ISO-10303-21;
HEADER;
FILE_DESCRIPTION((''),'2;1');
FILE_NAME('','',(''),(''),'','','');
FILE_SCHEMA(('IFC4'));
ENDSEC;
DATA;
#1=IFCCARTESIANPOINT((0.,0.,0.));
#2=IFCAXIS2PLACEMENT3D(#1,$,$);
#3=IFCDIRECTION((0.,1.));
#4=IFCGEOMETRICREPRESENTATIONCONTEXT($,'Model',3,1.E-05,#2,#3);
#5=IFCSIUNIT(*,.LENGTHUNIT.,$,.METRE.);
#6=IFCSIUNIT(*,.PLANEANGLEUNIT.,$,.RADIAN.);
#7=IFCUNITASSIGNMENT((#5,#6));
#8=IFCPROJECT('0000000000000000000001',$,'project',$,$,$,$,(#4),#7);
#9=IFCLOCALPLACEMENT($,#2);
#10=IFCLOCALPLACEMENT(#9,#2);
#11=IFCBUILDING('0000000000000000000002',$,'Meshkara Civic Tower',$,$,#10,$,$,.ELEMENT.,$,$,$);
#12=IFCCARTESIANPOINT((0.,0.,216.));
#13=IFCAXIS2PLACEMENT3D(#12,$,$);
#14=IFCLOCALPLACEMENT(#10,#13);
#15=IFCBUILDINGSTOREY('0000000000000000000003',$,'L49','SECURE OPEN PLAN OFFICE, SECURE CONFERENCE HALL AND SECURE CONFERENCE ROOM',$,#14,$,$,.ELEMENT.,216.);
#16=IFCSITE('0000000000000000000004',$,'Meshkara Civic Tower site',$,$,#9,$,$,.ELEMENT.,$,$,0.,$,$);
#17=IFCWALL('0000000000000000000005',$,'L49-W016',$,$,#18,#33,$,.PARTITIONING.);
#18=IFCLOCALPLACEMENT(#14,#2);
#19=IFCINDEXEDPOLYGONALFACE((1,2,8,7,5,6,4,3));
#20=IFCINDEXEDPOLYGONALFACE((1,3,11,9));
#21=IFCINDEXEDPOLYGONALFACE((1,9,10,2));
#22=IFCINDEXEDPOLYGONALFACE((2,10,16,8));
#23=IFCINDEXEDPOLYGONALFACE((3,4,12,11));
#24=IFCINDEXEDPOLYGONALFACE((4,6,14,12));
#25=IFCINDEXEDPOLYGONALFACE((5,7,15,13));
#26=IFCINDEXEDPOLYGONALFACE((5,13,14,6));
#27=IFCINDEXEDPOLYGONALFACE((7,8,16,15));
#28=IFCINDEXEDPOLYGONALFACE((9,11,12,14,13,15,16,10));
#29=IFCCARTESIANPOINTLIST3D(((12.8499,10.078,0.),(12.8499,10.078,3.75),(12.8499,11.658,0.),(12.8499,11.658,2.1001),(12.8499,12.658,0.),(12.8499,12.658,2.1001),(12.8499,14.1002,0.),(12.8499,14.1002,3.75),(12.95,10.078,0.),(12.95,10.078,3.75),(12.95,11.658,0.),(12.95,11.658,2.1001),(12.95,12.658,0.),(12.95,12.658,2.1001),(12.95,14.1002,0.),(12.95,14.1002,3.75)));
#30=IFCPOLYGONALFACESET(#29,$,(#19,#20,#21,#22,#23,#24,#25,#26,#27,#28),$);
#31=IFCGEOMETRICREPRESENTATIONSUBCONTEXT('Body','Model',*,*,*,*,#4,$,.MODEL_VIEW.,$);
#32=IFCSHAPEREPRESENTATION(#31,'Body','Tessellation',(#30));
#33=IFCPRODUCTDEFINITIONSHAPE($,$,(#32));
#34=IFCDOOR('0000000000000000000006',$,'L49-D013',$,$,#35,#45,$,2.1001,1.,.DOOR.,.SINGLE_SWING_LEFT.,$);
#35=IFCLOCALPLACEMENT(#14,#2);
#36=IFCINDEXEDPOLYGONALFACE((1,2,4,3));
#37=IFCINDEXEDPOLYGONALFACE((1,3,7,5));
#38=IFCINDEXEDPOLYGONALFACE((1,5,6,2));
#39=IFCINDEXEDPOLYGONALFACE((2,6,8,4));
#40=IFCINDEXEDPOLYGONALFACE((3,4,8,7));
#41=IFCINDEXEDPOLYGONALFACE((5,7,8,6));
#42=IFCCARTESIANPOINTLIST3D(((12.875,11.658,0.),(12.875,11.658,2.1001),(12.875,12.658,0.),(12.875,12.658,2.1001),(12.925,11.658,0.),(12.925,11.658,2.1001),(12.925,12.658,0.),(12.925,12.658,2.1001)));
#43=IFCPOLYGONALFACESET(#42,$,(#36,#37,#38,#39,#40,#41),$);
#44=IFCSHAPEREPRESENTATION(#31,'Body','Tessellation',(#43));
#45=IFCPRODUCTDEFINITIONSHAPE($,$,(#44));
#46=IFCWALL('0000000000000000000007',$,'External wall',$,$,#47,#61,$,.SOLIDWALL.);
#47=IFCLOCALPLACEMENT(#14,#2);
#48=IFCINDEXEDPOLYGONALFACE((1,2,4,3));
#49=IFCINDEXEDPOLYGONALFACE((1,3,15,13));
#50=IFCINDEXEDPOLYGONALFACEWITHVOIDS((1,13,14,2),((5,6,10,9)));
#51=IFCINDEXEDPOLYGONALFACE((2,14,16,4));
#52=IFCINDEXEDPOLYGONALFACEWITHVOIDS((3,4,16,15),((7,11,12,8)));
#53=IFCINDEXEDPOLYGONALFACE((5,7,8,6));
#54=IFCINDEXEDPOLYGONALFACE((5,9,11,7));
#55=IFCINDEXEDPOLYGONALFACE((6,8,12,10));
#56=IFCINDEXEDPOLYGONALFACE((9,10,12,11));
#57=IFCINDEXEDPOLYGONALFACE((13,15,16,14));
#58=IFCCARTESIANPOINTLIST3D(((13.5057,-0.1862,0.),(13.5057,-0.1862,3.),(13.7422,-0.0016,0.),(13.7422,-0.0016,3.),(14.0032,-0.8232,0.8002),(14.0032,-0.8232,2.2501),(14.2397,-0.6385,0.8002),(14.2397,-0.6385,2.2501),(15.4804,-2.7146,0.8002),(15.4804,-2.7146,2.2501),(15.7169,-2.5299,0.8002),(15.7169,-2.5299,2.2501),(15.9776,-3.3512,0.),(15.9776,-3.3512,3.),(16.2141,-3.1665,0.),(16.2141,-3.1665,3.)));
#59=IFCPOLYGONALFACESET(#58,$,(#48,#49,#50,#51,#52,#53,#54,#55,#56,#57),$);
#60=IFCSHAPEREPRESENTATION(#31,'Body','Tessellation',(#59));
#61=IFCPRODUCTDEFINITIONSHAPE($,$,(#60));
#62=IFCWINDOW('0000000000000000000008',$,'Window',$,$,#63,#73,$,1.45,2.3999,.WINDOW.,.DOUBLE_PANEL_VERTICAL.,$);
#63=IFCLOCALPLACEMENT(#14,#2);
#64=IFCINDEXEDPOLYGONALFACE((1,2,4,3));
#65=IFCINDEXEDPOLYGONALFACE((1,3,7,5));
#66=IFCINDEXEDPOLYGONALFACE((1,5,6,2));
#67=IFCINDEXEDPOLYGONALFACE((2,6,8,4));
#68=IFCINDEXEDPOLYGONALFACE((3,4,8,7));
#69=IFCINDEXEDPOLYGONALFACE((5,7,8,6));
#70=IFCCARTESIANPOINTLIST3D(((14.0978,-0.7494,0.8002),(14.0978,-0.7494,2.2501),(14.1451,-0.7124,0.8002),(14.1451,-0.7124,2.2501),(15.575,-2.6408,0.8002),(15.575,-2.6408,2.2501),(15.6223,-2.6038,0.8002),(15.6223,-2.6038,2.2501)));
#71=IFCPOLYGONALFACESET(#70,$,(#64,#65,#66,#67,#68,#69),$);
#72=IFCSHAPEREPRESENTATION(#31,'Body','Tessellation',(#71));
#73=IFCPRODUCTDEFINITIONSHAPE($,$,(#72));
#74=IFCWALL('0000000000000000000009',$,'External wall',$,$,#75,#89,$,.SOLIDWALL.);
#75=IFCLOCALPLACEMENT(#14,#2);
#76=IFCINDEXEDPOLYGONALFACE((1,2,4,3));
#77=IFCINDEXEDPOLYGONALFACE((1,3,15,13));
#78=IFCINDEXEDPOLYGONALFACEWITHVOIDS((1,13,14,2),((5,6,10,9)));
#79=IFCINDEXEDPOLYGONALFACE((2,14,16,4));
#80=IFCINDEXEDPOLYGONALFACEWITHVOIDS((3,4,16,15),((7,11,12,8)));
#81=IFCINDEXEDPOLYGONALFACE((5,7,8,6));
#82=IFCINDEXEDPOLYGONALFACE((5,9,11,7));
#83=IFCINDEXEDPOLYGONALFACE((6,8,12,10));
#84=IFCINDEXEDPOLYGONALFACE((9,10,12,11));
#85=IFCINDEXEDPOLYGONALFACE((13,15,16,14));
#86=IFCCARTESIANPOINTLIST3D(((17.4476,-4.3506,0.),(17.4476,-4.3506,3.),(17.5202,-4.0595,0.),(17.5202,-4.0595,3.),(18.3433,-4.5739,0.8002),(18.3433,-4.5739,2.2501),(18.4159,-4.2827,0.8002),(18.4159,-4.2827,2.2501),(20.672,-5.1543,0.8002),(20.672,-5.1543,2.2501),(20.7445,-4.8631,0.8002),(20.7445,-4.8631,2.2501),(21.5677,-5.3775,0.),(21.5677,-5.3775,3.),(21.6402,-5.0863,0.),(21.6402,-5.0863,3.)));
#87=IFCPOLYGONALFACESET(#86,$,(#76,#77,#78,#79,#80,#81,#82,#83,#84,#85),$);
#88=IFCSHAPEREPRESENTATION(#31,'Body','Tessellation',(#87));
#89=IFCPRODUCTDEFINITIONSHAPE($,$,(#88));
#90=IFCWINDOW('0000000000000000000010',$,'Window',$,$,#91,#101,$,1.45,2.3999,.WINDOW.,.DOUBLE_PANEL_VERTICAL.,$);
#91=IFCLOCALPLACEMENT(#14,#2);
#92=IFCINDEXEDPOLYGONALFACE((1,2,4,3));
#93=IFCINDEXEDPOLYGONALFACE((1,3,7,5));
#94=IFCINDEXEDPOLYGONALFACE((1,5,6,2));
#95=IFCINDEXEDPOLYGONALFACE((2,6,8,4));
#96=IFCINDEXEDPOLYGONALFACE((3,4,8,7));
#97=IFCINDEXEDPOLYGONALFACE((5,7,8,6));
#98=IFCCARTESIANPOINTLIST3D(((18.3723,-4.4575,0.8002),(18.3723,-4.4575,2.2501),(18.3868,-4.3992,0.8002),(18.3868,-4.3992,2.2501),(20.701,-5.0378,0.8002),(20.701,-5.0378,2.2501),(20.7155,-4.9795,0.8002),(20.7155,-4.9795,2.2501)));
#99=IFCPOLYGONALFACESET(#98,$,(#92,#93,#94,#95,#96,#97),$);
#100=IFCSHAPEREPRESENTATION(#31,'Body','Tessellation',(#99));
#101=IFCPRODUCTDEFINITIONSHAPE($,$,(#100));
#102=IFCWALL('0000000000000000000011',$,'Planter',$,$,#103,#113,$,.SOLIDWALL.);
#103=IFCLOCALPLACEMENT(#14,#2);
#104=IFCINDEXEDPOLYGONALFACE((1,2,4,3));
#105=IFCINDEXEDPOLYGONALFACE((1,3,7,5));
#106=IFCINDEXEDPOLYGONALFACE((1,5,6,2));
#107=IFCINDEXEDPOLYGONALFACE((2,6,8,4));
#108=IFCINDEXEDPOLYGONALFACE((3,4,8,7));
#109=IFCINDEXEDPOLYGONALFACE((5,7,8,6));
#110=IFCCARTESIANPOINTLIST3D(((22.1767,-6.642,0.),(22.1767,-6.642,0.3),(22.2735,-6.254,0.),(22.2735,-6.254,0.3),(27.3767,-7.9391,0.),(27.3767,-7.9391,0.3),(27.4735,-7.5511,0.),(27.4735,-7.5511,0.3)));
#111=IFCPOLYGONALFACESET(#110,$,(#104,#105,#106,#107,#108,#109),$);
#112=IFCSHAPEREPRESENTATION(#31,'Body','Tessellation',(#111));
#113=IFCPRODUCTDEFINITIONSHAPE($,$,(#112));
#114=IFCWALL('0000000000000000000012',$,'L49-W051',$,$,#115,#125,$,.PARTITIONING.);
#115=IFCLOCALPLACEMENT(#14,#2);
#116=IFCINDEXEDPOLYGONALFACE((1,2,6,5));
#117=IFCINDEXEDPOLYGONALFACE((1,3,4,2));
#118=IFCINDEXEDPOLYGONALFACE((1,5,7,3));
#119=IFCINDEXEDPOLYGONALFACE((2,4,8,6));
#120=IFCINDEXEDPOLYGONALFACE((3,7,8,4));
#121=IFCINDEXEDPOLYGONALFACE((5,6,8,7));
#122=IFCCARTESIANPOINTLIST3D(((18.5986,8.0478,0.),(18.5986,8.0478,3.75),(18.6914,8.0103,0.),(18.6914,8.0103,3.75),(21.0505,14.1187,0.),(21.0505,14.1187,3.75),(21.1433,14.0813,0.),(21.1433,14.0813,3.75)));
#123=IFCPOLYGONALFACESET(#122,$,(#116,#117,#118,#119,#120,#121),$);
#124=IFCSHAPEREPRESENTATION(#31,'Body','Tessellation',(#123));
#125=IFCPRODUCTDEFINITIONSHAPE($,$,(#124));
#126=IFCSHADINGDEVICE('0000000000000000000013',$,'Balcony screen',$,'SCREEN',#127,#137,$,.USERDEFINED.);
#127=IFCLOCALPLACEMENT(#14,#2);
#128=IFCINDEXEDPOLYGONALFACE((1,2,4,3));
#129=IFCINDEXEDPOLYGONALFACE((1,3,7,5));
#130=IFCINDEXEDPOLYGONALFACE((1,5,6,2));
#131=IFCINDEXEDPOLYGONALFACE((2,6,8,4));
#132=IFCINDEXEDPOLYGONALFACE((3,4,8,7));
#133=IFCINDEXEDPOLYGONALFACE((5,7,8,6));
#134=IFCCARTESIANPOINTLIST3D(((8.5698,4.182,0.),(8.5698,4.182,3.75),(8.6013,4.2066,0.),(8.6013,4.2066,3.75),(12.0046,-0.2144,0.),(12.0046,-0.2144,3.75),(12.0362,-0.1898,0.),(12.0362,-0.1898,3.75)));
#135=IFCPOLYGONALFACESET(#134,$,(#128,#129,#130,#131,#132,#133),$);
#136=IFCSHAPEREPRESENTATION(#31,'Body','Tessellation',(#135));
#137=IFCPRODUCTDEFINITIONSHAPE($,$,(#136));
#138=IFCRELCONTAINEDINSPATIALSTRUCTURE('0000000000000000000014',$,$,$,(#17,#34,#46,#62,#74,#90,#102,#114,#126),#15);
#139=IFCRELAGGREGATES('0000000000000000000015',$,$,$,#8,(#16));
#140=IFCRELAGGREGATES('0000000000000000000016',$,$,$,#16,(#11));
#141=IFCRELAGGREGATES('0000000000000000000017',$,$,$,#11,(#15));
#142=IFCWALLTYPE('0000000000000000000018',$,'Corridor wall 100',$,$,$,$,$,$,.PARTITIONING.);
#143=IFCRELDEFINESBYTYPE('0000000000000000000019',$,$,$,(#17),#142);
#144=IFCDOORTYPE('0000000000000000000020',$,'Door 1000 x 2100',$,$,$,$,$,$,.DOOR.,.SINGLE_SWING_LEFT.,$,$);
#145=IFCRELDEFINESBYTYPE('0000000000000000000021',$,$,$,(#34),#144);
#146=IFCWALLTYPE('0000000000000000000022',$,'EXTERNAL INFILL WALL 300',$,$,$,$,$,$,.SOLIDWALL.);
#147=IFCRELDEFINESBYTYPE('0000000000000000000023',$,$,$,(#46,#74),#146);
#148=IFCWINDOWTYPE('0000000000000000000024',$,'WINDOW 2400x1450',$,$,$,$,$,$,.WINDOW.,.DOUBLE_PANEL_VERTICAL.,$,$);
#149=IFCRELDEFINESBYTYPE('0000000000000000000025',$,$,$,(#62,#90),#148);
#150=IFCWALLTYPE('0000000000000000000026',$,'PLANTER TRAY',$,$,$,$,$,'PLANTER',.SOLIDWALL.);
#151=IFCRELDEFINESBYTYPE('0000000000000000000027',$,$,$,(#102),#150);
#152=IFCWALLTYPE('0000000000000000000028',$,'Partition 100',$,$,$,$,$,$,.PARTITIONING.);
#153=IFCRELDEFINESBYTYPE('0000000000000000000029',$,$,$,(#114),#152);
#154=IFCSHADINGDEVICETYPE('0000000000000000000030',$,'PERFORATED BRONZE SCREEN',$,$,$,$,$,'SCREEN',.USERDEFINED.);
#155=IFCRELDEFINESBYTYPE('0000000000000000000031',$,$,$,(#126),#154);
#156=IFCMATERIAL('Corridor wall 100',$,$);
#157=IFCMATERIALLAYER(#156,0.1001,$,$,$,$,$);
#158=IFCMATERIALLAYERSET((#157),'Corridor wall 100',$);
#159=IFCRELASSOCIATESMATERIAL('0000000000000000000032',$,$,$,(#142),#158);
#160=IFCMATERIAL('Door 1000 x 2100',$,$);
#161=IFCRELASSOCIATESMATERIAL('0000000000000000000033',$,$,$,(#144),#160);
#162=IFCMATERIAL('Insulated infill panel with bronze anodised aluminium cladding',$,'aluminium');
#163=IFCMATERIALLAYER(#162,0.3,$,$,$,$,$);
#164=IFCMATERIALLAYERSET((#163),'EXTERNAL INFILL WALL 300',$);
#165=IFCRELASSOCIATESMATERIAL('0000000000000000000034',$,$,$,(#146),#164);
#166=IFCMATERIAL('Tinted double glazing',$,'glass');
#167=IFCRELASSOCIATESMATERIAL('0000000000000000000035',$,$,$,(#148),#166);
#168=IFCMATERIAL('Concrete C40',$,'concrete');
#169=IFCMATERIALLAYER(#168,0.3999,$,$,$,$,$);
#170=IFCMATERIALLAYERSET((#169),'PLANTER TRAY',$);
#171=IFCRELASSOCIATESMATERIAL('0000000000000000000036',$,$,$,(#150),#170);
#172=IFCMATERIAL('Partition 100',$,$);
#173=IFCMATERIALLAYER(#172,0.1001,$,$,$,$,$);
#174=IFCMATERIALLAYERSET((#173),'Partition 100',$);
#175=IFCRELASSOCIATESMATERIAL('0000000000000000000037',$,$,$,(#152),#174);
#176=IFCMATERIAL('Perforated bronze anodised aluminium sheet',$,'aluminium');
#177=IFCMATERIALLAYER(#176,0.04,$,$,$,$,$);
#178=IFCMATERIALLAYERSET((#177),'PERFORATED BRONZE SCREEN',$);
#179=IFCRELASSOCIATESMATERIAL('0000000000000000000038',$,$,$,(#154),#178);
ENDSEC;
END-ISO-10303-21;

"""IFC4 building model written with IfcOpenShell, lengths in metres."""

from ifc_helpers import new_model, si_unit, direction, frame, frame_2d, origin, origin_2d, place, context, subcontext, project, spatial, rectangle, extrude, material, layer, layer_set, type_object, element, fill, save


model = new_model("IFC4")

# Units and contexts
model_context = context("Model", 3, precision=1e-05, world=origin(), true_north=direction((0.0, 1.0)))
body_context = subcontext(model_context, "Body", "Model", "MODEL_VIEW")
ifc_project = project(units=[si_unit("LENGTHUNIT", "METRE"), si_unit("PLANEANGLEUNIT", "RADIAN")], contexts=[model_context])

# Site, building, storey
site_placement = place(None, origin())
site = spatial("IfcSite", under=ifc_project, at=site_placement, Name="Meshkara Civic Tower site", CompositionType="ELEMENT", RefElevation=0.0)
building_placement = place(site_placement, origin())
building = spatial("IfcBuilding", under=site, at=building_placement, Name="Meshkara Civic Tower", CompositionType="ELEMENT")
storey_placement = place(building_placement, frame((0.0, 0.0, 216.0)))
storey = spatial("IfcBuildingStorey", under=building, at=storey_placement, Name="L49", Description="SECURE OPEN PLAN OFFICE, SECURE CONFERENCE HALL AND SECURE CONFERENCE ROOM", CompositionType="ELEMENT", Elevation=216.0)

# Shared definitions
ifc_material_1 = material(Name="Corridor wall 100")
ifc_layer_1 = layer(ifc_material_1, 0.1001)
ifc_layer_set_1 = layer_set([ifc_layer_1], Name="Corridor wall 100")
wall_type_1 = type_object("IfcWallType", Name="Corridor wall 100", PredefinedType="PARTITIONING", material=ifc_layer_set_1)
ifc_material_2 = material(Name="Door 1000 x 2100")
door_type_1 = type_object("IfcDoorType", Name="Door 1000 x 2100", OperationType="SINGLE_SWING_LEFT", PredefinedType="DOOR", material=ifc_material_2)

# Wall, opening, door
wall_1_placement = place(storey_placement, frame((12.8999, 10.0779, 0.0), z_axis=(0.0, 0.0, 1.0), x_axis=(0.0, 1.0, 0.0)))
wall_1 = element("IfcWall", 1, at=wall_1_placement, inside=storey, type_object=wall_type_1, Name="L49-W016", PredefinedType="PARTITIONING", context=body_context, shape_type="SweptSolid", body=[
    extrude(rectangle(XDim=4.0222, YDim=0.1001, at=frame_2d((2.0112, 0.0))), origin(), (0.0, 0.0, 1.0), 3.75),
])
opening_1_placement = place(wall_1_placement, frame((1.5801, 0.0, 0.0)))
opening_1 = element("IfcOpeningElement", 2, at=opening_1_placement, cuts=wall_1, PredefinedType="OPENING", context=body_context, shape_type="SweptSolid", body=[
    extrude(rectangle(XDim=1.0, YDim=2.1001, at=frame_2d((0.5, 1.05))), frame((0.0, 0.0601, 0.0), z_axis=(0.0, -1.0, 0.0), x_axis=(1.0, 0.0, 0.0)), (0.0, 0.0, 1.0), 0.1201),
])
door_1_placement = place(opening_1_placement, origin())
door_1 = element("IfcDoor", 3, at=door_1_placement, inside=storey, type_object=door_type_1, Name="L49-D013", OperationType="SINGLE_SWING_LEFT", OverallHeight=2.1001, OverallWidth=1.0, PredefinedType="DOOR", context=body_context, shape_type="SweptSolid", body=[
    extrude(rectangle(XDim=1.0, YDim=2.1001, at=frame_2d((0.5, 1.05))), frame((0.0, 0.0249, 0.0), z_axis=(0.0, -1.0, 0.0), x_axis=(1.0, 0.0, 0.0)), (0.0, 0.0, 1.0), 0.05),
])
fill(opening_1, door_1)

# Walls, openings, windows
ifc_material_3 = material(Name="Insulated infill panel with bronze anodised aluminium cladding", Category="aluminium")
ifc_layer_2 = layer(ifc_material_3, 0.3)
ifc_layer_set_2 = layer_set([ifc_layer_2], Name="EXTERNAL INFILL WALL 300")
wall_type_2 = type_object("IfcWallType", Name="EXTERNAL INFILL WALL 300", PredefinedType="SOLIDWALL", material=ifc_layer_set_2)
wall_2_placement = place(storey_placement, frame((13.624, -0.094, 0.0), z_axis=(0.0, 0.0, 1.0), x_axis=(0.615526, -0.788117, 0.0)))
wall_2 = element("IfcWall", 4, at=wall_2_placement, inside=storey, type_object=wall_type_2, Name="External wall", PredefinedType="SOLIDWALL", context=body_context, shape_type="SweptSolid", body=[
    extrude(rectangle(XDim=4.0159, YDim=0.3, at=frame_2d((2.0078, 0.0))), origin(), (0.0, 0.0, 1.0), 3.0),
])
opening_2_placement = place(wall_2_placement, frame((0.8081, 0.0, 0.8)))
opening_2 = element("IfcOpeningElement", 5, at=opening_2_placement, cuts=wall_2, PredefinedType="OPENING", context=body_context, shape_type="SweptSolid", body=[
    extrude(rectangle(XDim=2.3999, YDim=1.45, at=frame_2d((1.2, 0.7251))), frame((0.0, 0.1599, 0.0), z_axis=(0.0, -1.0, 0.0), x_axis=(1.0, 0.0, 0.0)), (0.0, 0.0, 1.0), 0.3201),
])
ifc_material_4 = material(Name="Tinted double glazing", Category="glass")
window_type = type_object("IfcWindowType", Name="WINDOW 2400x1450", PartitioningType="DOUBLE_PANEL_VERTICAL", PredefinedType="WINDOW", material=ifc_material_4)
window_1_placement = place(opening_2_placement, origin())
window_1 = element("IfcWindow", 6, at=window_1_placement, inside=storey, type_object=window_type, Name="Window", OverallHeight=1.45, OverallWidth=2.3999, PartitioningType="DOUBLE_PANEL_VERTICAL", PredefinedType="WINDOW", context=body_context, shape_type="SweptSolid", body=[
    extrude(rectangle(XDim=2.3999, YDim=1.45, at=frame_2d((1.2, 0.7251))), frame((0.0, 0.03, 0.0), z_axis=(0.0, -1.0, 0.0), x_axis=(1.0, 0.0, 0.0)), (0.0, 0.0, 1.0), 0.0601),
])
fill(opening_2, window_1)
wall_3_placement = place(storey_placement, frame((17.4839, -4.2051, 0.0), z_axis=(0.0, 0.0, 1.0), x_axis=(0.970318, -0.241832, 0.0)))
wall_3 = element("IfcWall", 7, at=wall_3_placement, inside=storey, type_object=wall_type_2, Name="External wall", PredefinedType="SOLIDWALL", context=body_context, shape_type="SweptSolid", body=[
    extrude(rectangle(XDim=4.2461, YDim=0.3, at=frame_2d((2.123, 0.0))), origin(), (0.0, 0.0, 1.0), 3.0),
])
opening_3_placement = place(wall_3_placement, frame((0.9231, 0.0, 0.8)))
opening_3 = element("IfcOpeningElement", 8, at=opening_3_placement, cuts=wall_3, PredefinedType="OPENING", context=body_context, shape_type="SweptSolid", body=[
    extrude(rectangle(XDim=2.3999, YDim=1.45, at=frame_2d((1.2, 0.7251))), frame((0.0, 0.1599, 0.0), z_axis=(0.0, -1.0, 0.0), x_axis=(1.0, 0.0, 0.0)), (0.0, 0.0, 1.0), 0.3201),
])
window_2_placement = place(opening_3_placement, origin())
window_2 = element("IfcWindow", 9, at=window_2_placement, inside=storey, type_object=window_type, Name="Window", OverallHeight=1.45, OverallWidth=2.3999, PartitioningType="DOUBLE_PANEL_VERTICAL", PredefinedType="WINDOW", context=body_context, shape_type="SweptSolid", body=[
    extrude(rectangle(XDim=2.3999, YDim=1.45, at=frame_2d((1.2, 0.7251))), frame((0.0, 0.03, 0.0), z_axis=(0.0, -1.0, 0.0), x_axis=(1.0, 0.0, 0.0)), (0.0, 0.0, 1.0), 0.0601),
])
fill(opening_3, window_2)

# Walls
ifc_material_5 = material(Name="Concrete C40", Category="concrete")
ifc_layer_3 = layer(ifc_material_5, 0.3999)
ifc_layer_set_3 = layer_set([ifc_layer_3], Name="PLANTER TRAY")
wall_type_3 = type_object("IfcWallType", Name="PLANTER TRAY", ElementType="PLANTER", PredefinedType="SOLIDWALL", material=ifc_layer_set_3)
wall_4_placement = place(storey_placement, frame((22.2251, -6.448, 0.0), z_axis=(0.0, 0.0, 1.0), x_axis=(0.970268, -0.242032, 0.0)))
element("IfcWall", 10, at=wall_4_placement, inside=storey, type_object=wall_type_3, Name="Planter", PredefinedType="SOLIDWALL", context=body_context, shape_type="SweptSolid", body=[
    extrude(rectangle(XDim=5.3594, YDim=0.3999, at=frame_2d((2.6797, 0.0))), origin(), (0.0, 0.0, 1.0), 0.3),
])
ifc_material_6 = material(Name="Partition 100")
ifc_layer_4 = layer(ifc_material_6, 0.1001)
ifc_layer_set_4 = layer_set([ifc_layer_4], Name="Partition 100")
wall_type_4 = type_object("IfcWallType", Name="Partition 100", PredefinedType="PARTITIONING", material=ifc_layer_set_4)
wall_5_placement = place(storey_placement, frame((18.645, 8.0291, 0.0), z_axis=(0.0, 0.0, 1.0), x_axis=(0.374481, 0.927235, 0.0)))
element("IfcWall", 11, at=wall_5_placement, inside=storey, type_object=wall_type_4, Name="L49-W051", PredefinedType="PARTITIONING", context=body_context, shape_type="SweptSolid", body=[
    extrude(rectangle(XDim=6.5474, YDim=0.1001, at=frame_2d((3.2737, 0.0))), origin(), (0.0, 0.0, 1.0), 3.75),
])

# Shading device
ifc_material_7 = material(Name="Perforated bronze anodised aluminium sheet", Category="aluminium")
ifc_layer_5 = layer(ifc_material_7, 0.04)
ifc_layer_set_5 = layer_set([ifc_layer_5], Name="PERFORATED BRONZE SCREEN")
shading_device_type = type_object("IfcShadingDeviceType", Name="PERFORATED BRONZE SCREEN", ElementType="SCREEN", PredefinedType="USERDEFINED", material=ifc_layer_set_5)
shading_device_placement = place(storey_placement, frame((10.303, 1.9961, 0.0), z_axis=(0.0, 0.0, 1.0), x_axis=(0.615661, -0.788011, 0.0)))
element("IfcShadingDevice", 12, at=shading_device_placement, inside=storey, type_object=shading_device_type, Name="Balcony screen", ObjectType="SCREEN", PredefinedType="USERDEFINED", context=body_context, shape_type="SweptSolid", body=[
    extrude(rectangle(XDim=5.5791, YDim=0.04, at=origin_2d()), origin(), (0.0, 0.0, 1.0), 3.75),
])

save(model, "model.ifc")
